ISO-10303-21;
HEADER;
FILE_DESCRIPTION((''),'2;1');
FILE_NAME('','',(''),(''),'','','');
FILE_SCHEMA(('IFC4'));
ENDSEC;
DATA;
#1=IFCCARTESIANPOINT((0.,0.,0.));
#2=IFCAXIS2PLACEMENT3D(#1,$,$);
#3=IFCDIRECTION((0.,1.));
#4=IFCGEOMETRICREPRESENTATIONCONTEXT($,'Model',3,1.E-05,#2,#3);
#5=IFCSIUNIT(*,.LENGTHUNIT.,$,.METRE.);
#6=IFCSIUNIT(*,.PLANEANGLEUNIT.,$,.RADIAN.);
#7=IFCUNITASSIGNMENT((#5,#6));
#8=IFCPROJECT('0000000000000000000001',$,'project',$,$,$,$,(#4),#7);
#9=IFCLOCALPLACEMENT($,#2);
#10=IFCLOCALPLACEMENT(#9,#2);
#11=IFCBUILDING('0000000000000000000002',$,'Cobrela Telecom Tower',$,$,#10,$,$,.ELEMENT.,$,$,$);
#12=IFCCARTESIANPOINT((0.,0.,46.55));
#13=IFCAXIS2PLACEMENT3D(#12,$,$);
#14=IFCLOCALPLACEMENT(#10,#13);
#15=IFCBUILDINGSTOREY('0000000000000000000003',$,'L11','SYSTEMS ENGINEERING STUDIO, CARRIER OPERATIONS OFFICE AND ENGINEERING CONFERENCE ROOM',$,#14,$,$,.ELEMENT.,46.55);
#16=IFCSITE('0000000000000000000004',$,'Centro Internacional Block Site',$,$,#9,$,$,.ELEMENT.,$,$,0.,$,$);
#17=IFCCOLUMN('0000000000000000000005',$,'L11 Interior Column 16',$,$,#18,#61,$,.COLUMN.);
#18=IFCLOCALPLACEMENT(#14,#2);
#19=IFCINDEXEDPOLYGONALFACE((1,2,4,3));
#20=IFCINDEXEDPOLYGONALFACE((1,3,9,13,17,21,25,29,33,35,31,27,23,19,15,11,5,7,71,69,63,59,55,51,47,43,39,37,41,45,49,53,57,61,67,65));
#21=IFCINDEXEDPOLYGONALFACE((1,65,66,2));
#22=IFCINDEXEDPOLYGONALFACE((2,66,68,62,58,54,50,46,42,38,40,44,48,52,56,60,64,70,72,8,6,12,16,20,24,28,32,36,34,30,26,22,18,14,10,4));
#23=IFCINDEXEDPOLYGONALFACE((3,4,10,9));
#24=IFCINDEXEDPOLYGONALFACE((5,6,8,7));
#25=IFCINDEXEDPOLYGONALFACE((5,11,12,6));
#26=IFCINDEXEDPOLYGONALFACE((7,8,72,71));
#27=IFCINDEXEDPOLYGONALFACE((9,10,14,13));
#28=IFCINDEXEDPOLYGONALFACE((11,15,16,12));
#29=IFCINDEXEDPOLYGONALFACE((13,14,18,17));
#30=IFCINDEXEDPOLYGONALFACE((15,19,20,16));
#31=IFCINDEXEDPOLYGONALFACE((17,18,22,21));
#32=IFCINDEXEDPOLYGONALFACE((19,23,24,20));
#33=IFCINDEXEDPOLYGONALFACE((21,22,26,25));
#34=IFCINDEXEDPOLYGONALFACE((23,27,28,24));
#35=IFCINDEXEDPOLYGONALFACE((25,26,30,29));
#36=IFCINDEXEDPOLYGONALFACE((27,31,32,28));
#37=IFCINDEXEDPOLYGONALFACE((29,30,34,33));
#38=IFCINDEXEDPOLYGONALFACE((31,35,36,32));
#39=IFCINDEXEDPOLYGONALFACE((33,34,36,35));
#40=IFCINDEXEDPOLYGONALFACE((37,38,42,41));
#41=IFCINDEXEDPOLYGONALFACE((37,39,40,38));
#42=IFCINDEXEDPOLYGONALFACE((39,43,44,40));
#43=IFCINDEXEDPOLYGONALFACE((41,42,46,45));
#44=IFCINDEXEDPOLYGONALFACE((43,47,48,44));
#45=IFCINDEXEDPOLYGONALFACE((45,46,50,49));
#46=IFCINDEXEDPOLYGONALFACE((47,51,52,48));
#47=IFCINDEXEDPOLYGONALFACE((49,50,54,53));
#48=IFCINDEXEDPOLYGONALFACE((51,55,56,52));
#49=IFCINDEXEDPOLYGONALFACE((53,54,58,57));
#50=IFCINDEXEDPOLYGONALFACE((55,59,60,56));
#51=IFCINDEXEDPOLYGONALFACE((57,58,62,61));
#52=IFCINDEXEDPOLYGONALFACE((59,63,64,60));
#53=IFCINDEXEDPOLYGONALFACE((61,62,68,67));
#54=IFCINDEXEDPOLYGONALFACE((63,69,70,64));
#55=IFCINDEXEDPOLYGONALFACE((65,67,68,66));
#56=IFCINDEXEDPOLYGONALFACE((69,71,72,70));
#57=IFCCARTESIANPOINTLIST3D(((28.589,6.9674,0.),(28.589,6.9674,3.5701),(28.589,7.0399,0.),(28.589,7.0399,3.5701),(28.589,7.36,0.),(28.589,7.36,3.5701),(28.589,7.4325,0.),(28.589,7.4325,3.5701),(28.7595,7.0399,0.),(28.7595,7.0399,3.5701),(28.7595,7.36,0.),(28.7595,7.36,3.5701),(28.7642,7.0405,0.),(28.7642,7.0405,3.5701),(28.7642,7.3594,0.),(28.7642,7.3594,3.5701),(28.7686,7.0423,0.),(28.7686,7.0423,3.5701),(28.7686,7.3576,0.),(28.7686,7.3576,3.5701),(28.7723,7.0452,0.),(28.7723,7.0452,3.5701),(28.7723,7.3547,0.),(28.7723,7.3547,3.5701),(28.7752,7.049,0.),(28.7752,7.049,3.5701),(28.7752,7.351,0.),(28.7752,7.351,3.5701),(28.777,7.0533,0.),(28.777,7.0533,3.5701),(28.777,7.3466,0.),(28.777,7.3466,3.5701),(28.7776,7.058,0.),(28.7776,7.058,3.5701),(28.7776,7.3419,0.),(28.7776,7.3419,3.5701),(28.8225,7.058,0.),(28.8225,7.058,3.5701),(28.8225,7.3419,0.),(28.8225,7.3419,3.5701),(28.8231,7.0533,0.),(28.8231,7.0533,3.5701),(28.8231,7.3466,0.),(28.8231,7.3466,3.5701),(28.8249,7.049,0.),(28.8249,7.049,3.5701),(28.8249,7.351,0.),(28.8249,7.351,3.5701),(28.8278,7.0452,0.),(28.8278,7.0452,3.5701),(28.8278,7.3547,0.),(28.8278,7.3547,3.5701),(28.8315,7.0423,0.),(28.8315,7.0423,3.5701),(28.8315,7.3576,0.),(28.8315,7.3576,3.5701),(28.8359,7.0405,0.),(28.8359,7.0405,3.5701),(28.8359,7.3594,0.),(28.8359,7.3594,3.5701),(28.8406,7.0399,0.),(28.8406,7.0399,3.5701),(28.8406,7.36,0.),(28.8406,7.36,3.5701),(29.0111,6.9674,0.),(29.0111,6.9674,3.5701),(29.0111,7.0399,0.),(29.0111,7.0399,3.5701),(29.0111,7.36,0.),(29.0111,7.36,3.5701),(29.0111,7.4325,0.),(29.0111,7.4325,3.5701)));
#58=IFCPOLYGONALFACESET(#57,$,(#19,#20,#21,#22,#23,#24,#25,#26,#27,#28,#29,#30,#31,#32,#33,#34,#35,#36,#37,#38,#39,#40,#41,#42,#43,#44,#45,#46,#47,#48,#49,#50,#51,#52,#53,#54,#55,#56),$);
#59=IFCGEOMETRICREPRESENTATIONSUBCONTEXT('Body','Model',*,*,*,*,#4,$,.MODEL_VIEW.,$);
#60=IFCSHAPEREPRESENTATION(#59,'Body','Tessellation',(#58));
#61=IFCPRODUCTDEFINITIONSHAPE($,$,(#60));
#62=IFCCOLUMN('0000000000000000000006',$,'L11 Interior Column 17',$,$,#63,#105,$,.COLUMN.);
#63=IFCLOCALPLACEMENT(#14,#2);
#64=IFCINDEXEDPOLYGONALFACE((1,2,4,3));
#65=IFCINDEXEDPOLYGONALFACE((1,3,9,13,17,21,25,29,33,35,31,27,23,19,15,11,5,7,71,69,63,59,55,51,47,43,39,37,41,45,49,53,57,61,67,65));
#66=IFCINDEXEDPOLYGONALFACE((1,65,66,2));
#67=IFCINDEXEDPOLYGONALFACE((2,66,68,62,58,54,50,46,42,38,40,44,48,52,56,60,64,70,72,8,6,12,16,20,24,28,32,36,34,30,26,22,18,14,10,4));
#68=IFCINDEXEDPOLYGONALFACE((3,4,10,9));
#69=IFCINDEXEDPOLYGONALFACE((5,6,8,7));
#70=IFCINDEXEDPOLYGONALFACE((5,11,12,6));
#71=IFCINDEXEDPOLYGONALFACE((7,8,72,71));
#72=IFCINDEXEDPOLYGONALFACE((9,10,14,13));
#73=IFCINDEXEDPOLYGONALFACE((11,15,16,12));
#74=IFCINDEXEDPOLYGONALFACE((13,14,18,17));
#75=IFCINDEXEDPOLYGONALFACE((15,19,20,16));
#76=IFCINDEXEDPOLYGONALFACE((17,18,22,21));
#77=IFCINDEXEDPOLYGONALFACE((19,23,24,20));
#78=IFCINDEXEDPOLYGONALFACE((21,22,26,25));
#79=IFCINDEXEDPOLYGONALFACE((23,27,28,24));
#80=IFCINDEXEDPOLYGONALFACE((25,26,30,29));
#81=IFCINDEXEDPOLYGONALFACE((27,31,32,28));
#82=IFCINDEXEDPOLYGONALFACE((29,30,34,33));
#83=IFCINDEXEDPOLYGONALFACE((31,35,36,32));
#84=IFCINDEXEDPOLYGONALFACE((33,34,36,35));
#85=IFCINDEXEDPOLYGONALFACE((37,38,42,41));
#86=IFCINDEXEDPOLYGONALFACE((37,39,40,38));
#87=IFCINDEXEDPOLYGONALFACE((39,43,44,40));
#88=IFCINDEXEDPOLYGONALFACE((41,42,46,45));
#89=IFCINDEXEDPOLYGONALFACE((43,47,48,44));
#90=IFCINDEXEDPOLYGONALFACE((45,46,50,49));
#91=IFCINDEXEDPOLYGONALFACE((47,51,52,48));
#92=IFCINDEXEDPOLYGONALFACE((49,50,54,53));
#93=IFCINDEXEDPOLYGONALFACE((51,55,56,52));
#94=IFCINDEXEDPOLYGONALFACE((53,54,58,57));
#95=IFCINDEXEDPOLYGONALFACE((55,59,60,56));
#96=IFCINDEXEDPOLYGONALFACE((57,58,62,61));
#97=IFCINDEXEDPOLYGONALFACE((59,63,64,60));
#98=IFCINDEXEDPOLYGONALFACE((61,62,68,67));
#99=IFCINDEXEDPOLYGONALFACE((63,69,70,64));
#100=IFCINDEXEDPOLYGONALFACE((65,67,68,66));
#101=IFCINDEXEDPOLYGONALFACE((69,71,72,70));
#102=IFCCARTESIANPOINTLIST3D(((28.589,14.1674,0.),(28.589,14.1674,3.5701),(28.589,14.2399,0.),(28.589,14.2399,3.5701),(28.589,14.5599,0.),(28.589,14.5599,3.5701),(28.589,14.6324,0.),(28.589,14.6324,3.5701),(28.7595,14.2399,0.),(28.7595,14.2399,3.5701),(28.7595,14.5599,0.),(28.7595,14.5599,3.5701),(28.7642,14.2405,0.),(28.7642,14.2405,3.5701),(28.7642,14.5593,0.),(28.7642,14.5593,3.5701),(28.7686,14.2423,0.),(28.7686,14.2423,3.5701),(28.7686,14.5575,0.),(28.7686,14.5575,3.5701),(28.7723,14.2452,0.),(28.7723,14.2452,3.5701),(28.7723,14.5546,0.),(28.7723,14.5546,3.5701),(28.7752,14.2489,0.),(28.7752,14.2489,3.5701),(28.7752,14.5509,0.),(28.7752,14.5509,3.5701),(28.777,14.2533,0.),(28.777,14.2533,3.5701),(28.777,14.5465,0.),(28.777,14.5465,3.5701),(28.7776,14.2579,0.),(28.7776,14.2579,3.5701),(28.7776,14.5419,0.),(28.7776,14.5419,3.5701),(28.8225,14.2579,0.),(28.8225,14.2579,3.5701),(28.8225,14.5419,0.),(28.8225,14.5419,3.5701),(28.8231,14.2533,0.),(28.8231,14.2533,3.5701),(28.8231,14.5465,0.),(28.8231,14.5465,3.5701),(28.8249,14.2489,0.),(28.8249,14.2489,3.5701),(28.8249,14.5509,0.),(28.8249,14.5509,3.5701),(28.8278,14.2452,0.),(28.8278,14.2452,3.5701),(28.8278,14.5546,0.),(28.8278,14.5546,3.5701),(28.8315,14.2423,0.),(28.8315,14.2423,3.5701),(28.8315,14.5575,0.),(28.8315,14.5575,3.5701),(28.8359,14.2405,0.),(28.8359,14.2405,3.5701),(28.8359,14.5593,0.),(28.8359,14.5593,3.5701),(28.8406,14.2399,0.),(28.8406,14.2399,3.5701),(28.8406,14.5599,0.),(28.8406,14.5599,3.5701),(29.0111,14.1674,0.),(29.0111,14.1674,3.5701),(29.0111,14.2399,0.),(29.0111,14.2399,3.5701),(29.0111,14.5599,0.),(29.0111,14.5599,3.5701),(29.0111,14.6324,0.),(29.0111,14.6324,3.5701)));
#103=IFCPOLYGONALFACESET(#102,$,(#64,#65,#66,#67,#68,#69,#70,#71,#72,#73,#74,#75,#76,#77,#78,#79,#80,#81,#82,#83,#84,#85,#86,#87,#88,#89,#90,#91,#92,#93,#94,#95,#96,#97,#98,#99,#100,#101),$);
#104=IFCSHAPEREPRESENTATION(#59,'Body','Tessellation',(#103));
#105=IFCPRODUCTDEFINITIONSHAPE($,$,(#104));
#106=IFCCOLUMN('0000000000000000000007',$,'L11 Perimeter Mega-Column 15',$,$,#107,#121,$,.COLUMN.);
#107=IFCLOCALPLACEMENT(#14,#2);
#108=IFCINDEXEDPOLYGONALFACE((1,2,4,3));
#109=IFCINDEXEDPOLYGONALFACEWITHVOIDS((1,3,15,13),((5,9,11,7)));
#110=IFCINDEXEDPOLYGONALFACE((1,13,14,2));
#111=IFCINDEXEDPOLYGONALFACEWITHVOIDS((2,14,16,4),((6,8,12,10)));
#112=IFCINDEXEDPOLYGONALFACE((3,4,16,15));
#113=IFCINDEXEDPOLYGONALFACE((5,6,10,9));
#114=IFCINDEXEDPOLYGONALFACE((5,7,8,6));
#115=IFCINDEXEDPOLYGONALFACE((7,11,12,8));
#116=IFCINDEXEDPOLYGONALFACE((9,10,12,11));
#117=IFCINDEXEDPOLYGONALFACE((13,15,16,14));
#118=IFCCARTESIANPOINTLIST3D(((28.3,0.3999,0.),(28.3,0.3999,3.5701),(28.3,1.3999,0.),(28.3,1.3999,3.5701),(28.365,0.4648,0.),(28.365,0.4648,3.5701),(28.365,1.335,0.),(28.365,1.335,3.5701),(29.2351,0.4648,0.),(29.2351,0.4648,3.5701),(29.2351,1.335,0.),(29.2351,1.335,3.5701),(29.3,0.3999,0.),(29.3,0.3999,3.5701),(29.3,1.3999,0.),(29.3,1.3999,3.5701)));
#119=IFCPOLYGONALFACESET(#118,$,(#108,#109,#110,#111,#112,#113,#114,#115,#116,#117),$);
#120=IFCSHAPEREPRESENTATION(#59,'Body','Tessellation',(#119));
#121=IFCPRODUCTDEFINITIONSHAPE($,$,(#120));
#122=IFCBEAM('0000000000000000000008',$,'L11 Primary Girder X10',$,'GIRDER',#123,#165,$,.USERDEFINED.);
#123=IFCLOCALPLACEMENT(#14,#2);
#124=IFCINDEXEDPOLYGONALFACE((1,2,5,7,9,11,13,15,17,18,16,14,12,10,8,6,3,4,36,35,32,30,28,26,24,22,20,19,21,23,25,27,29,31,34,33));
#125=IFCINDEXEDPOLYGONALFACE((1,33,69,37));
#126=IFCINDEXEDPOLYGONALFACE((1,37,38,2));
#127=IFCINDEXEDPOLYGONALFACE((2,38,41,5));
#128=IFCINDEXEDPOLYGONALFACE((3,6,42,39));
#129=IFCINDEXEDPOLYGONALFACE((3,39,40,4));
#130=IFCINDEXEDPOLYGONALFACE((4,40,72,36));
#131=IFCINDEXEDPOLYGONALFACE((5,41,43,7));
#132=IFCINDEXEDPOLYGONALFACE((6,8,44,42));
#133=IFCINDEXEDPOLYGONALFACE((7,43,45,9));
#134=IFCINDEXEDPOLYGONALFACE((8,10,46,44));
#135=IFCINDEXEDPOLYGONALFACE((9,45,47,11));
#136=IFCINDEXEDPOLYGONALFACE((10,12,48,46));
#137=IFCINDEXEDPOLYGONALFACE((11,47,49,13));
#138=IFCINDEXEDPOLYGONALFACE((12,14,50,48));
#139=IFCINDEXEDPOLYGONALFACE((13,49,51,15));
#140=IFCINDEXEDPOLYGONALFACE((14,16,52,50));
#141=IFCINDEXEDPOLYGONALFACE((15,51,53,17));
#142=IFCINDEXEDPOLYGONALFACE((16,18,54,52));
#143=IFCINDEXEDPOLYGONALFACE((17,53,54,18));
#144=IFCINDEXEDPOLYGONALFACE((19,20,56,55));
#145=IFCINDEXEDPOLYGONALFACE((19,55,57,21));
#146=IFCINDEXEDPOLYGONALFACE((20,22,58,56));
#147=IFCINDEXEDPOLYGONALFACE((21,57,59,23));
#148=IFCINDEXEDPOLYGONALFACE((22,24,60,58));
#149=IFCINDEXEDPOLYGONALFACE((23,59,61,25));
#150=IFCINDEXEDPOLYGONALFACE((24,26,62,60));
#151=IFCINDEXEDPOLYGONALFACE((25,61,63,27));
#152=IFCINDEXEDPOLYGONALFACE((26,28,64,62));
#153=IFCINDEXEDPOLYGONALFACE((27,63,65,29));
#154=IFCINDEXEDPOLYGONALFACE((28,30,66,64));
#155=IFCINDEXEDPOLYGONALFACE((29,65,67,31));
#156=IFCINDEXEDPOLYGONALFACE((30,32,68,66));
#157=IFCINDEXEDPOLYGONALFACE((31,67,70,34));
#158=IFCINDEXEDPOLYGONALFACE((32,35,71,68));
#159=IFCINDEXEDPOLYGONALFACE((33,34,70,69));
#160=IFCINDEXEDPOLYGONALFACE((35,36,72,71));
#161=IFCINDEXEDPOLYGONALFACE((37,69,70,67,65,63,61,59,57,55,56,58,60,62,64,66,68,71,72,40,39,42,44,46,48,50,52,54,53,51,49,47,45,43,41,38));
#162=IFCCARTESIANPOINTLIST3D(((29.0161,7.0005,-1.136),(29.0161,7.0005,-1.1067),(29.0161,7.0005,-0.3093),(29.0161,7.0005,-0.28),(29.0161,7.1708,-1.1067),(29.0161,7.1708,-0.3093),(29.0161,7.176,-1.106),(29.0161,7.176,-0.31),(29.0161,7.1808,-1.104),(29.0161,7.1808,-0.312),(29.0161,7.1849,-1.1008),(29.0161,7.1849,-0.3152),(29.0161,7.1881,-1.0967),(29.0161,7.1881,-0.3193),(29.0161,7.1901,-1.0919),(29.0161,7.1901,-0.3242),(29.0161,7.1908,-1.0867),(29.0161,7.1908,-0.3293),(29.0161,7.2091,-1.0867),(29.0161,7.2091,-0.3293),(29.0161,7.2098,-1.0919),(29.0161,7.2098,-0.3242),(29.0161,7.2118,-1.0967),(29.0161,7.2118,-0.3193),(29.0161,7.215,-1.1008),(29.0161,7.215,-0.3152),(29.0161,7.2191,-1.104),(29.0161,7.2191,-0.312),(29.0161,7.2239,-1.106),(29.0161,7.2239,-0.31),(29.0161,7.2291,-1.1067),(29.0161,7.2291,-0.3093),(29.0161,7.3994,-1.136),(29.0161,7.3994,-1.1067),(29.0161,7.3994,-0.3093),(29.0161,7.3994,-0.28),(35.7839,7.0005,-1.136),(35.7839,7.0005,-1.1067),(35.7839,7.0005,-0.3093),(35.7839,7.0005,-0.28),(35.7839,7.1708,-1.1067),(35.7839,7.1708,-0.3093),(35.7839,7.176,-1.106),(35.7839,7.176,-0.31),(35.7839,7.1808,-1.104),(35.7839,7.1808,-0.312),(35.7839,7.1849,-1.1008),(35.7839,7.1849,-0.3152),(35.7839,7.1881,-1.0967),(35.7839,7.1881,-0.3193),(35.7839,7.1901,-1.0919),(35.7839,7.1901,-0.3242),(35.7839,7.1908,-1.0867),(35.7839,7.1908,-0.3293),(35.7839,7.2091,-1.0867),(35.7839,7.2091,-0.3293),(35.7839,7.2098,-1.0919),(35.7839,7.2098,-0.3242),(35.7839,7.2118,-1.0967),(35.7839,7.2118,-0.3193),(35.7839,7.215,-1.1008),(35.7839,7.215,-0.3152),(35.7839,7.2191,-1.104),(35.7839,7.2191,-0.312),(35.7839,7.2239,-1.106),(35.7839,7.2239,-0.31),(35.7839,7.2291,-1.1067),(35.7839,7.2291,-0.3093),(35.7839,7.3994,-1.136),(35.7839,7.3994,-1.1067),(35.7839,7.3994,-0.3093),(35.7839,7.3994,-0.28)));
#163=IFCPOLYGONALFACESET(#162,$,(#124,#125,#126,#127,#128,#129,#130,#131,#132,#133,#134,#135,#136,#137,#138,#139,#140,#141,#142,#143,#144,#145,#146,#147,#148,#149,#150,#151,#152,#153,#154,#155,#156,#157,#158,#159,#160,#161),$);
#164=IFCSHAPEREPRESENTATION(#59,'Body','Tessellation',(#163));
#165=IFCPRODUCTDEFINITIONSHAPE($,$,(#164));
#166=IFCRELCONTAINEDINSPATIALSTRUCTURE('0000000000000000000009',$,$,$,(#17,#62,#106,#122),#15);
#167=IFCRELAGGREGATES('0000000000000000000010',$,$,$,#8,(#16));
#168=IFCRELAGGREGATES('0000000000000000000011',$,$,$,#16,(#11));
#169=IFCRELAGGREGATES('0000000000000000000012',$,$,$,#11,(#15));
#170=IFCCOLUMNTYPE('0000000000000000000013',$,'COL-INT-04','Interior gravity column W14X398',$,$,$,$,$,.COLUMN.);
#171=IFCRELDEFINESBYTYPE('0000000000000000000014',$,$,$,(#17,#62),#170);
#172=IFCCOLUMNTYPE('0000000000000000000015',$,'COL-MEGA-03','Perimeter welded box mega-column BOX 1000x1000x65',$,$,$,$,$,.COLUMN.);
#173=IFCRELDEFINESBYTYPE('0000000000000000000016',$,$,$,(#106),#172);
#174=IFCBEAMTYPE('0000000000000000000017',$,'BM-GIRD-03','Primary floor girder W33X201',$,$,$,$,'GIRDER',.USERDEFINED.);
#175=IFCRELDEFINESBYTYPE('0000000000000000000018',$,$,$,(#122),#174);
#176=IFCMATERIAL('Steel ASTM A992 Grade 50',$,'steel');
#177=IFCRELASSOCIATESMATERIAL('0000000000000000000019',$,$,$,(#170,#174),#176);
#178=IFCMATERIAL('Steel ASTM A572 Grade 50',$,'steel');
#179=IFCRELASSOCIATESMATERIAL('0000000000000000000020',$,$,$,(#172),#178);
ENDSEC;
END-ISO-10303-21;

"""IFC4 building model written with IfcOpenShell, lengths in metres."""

from ifc_helpers import new_model, si_unit, direction, frame, origin, origin_2d, place, context, subcontext, project, spatial, hollow_rectangle, i_section, extrude, material, material_profile, profile_set, type_object, element, save


model = new_model("IFC4")

# Units and contexts
model_context = context("Model", 3, precision=1e-05, world=origin(), true_north=direction((0.0, 1.0)))
body_context = subcontext(model_context, "Body", "Model", "MODEL_VIEW")
ifc_project = project(units=[si_unit("LENGTHUNIT", "METRE"), si_unit("PLANEANGLEUNIT", "RADIAN")], contexts=[model_context])

# Site, building, storey
site_placement = place(None, origin())
site = spatial("IfcSite", under=ifc_project, at=site_placement, Name="Centro Internacional Block Site", CompositionType="ELEMENT", RefElevation=0.0)
building_placement = place(site_placement, origin())
building = spatial("IfcBuilding", under=site, at=building_placement, Name="Cobrela Telecom Tower", CompositionType="ELEMENT")
storey_placement = place(building_placement, frame((0.0, 0.0, 46.55)))
storey = spatial("IfcBuildingStorey", under=building, at=storey_placement, Name="L11", Description="SYSTEMS ENGINEERING STUDIO, CARRIER OPERATIONS OFFICE AND ENGINEERING CONFERENCE ROOM", CompositionType="ELEMENT", Elevation=46.55)

# Columns
ifc_material_1 = material(Name="Steel ASTM A992 Grade 50", Category="steel")
ifc_material_profile_1 = material_profile(ifc_material_1, i_section(OverallWidth=0.4221, OverallDepth=0.4651, WebThickness=0.0449, FlangeThickness=0.0725, FilletRadius=0.0181, at=origin_2d()), Name="W14X398")
ifc_profile_set_1 = profile_set([ifc_material_profile_1], Name="Steel ASTM A992 Grade 50")
column_type_1 = type_object("IfcColumnType", Name="COL-INT-04", Description="Interior gravity column W14X398", PredefinedType="COLUMN", material=ifc_profile_set_1)
for number, where, z_axis, x_axis, name in (
    (1, (28.8, 7.2, 0.0), (0.0, 0.0, 1.0), (1.0, 0.0, 0.0), "L11 Interior Column 16"),
    (2, (28.8, 14.3999, 0.0), (0.0, 0.0, 1.0), (1.0, 0.0, 0.0), "L11 Interior Column 17"),
):
    element("IfcColumn", number, at=place(storey_placement, frame(where, z_axis=z_axis, x_axis=x_axis)), inside=storey, type_object=column_type_1, Name=name, PredefinedType="COLUMN", context=body_context, shape_type="SweptSolid", body=[
        extrude(i_section(OverallWidth=0.4221, OverallDepth=0.4651, WebThickness=0.0449, FlangeThickness=0.0725, FilletRadius=0.0181, at=origin_2d()), origin(), (0.0, 0.0, 1.0), 3.5701),
    ])
ifc_material_2 = material(Name="Steel ASTM A572 Grade 50", Category="steel")
ifc_material_profile_2 = material_profile(ifc_material_2, hollow_rectangle(XDim=1.0, YDim=1.0, WallThickness=0.0649, at=origin_2d()), Name="BOX 1000x1000x65")
ifc_profile_set_2 = profile_set([ifc_material_profile_2], Name="Steel ASTM A572 Grade 50")
column_type_2 = type_object("IfcColumnType", Name="COL-MEGA-03", Description="Perimeter welded box mega-column BOX 1000x1000x65", PredefinedType="COLUMN", material=ifc_profile_set_2)
column_placement = place(storey_placement, frame((28.8, 0.8999, 0.0), z_axis=(0.0, 0.0, 1.0), x_axis=(1.0, 0.0, 0.0)))
element("IfcColumn", 3, at=column_placement, inside=storey, type_object=column_type_2, Name="L11 Perimeter Mega-Column 15", PredefinedType="COLUMN", context=body_context, shape_type="SweptSolid", body=[
    extrude(hollow_rectangle(XDim=1.0, YDim=1.0, WallThickness=0.0649, at=origin_2d()), origin(), (0.0, 0.0, 1.0), 3.5701),
])

# Beam
ifc_material_profile_3 = material_profile(ifc_material_1, i_section(OverallWidth=0.3989, OverallDepth=0.856, WebThickness=0.0183, FlangeThickness=0.0293, FilletRadius=0.02, at=origin_2d()), Name="W33X201")
ifc_profile_set_3 = profile_set([ifc_material_profile_3], Name="Steel ASTM A992 Grade 50")
beam_type_1 = type_object("IfcBeamType", Name="BM-GIRD-03", Description="Primary floor girder W33X201", ElementType="GIRDER", PredefinedType="USERDEFINED", material=ifc_profile_set_3)
for number, where, z_axis, x_axis, name in (
    (4, (29.0161, 7.2, -0.708), (1.0, 0.0, 0.0), (0.0, 1.0, 0.0), "L11 Primary Girder X10"),
):
    element("IfcBeam", number, at=place(storey_placement, frame(where, z_axis=z_axis, x_axis=x_axis)), inside=storey, type_object=beam_type_1, Name=name, ObjectType="GIRDER", PredefinedType="USERDEFINED", context=body_context, shape_type="SweptSolid", body=[
        extrude(i_section(OverallWidth=0.3989, OverallDepth=0.856, WebThickness=0.0183, FlangeThickness=0.0293, FilletRadius=0.02, at=origin_2d()), origin(), (0.0, 0.0, 1.0), 6.7678),
    ])

save(model, "model.ifc")
